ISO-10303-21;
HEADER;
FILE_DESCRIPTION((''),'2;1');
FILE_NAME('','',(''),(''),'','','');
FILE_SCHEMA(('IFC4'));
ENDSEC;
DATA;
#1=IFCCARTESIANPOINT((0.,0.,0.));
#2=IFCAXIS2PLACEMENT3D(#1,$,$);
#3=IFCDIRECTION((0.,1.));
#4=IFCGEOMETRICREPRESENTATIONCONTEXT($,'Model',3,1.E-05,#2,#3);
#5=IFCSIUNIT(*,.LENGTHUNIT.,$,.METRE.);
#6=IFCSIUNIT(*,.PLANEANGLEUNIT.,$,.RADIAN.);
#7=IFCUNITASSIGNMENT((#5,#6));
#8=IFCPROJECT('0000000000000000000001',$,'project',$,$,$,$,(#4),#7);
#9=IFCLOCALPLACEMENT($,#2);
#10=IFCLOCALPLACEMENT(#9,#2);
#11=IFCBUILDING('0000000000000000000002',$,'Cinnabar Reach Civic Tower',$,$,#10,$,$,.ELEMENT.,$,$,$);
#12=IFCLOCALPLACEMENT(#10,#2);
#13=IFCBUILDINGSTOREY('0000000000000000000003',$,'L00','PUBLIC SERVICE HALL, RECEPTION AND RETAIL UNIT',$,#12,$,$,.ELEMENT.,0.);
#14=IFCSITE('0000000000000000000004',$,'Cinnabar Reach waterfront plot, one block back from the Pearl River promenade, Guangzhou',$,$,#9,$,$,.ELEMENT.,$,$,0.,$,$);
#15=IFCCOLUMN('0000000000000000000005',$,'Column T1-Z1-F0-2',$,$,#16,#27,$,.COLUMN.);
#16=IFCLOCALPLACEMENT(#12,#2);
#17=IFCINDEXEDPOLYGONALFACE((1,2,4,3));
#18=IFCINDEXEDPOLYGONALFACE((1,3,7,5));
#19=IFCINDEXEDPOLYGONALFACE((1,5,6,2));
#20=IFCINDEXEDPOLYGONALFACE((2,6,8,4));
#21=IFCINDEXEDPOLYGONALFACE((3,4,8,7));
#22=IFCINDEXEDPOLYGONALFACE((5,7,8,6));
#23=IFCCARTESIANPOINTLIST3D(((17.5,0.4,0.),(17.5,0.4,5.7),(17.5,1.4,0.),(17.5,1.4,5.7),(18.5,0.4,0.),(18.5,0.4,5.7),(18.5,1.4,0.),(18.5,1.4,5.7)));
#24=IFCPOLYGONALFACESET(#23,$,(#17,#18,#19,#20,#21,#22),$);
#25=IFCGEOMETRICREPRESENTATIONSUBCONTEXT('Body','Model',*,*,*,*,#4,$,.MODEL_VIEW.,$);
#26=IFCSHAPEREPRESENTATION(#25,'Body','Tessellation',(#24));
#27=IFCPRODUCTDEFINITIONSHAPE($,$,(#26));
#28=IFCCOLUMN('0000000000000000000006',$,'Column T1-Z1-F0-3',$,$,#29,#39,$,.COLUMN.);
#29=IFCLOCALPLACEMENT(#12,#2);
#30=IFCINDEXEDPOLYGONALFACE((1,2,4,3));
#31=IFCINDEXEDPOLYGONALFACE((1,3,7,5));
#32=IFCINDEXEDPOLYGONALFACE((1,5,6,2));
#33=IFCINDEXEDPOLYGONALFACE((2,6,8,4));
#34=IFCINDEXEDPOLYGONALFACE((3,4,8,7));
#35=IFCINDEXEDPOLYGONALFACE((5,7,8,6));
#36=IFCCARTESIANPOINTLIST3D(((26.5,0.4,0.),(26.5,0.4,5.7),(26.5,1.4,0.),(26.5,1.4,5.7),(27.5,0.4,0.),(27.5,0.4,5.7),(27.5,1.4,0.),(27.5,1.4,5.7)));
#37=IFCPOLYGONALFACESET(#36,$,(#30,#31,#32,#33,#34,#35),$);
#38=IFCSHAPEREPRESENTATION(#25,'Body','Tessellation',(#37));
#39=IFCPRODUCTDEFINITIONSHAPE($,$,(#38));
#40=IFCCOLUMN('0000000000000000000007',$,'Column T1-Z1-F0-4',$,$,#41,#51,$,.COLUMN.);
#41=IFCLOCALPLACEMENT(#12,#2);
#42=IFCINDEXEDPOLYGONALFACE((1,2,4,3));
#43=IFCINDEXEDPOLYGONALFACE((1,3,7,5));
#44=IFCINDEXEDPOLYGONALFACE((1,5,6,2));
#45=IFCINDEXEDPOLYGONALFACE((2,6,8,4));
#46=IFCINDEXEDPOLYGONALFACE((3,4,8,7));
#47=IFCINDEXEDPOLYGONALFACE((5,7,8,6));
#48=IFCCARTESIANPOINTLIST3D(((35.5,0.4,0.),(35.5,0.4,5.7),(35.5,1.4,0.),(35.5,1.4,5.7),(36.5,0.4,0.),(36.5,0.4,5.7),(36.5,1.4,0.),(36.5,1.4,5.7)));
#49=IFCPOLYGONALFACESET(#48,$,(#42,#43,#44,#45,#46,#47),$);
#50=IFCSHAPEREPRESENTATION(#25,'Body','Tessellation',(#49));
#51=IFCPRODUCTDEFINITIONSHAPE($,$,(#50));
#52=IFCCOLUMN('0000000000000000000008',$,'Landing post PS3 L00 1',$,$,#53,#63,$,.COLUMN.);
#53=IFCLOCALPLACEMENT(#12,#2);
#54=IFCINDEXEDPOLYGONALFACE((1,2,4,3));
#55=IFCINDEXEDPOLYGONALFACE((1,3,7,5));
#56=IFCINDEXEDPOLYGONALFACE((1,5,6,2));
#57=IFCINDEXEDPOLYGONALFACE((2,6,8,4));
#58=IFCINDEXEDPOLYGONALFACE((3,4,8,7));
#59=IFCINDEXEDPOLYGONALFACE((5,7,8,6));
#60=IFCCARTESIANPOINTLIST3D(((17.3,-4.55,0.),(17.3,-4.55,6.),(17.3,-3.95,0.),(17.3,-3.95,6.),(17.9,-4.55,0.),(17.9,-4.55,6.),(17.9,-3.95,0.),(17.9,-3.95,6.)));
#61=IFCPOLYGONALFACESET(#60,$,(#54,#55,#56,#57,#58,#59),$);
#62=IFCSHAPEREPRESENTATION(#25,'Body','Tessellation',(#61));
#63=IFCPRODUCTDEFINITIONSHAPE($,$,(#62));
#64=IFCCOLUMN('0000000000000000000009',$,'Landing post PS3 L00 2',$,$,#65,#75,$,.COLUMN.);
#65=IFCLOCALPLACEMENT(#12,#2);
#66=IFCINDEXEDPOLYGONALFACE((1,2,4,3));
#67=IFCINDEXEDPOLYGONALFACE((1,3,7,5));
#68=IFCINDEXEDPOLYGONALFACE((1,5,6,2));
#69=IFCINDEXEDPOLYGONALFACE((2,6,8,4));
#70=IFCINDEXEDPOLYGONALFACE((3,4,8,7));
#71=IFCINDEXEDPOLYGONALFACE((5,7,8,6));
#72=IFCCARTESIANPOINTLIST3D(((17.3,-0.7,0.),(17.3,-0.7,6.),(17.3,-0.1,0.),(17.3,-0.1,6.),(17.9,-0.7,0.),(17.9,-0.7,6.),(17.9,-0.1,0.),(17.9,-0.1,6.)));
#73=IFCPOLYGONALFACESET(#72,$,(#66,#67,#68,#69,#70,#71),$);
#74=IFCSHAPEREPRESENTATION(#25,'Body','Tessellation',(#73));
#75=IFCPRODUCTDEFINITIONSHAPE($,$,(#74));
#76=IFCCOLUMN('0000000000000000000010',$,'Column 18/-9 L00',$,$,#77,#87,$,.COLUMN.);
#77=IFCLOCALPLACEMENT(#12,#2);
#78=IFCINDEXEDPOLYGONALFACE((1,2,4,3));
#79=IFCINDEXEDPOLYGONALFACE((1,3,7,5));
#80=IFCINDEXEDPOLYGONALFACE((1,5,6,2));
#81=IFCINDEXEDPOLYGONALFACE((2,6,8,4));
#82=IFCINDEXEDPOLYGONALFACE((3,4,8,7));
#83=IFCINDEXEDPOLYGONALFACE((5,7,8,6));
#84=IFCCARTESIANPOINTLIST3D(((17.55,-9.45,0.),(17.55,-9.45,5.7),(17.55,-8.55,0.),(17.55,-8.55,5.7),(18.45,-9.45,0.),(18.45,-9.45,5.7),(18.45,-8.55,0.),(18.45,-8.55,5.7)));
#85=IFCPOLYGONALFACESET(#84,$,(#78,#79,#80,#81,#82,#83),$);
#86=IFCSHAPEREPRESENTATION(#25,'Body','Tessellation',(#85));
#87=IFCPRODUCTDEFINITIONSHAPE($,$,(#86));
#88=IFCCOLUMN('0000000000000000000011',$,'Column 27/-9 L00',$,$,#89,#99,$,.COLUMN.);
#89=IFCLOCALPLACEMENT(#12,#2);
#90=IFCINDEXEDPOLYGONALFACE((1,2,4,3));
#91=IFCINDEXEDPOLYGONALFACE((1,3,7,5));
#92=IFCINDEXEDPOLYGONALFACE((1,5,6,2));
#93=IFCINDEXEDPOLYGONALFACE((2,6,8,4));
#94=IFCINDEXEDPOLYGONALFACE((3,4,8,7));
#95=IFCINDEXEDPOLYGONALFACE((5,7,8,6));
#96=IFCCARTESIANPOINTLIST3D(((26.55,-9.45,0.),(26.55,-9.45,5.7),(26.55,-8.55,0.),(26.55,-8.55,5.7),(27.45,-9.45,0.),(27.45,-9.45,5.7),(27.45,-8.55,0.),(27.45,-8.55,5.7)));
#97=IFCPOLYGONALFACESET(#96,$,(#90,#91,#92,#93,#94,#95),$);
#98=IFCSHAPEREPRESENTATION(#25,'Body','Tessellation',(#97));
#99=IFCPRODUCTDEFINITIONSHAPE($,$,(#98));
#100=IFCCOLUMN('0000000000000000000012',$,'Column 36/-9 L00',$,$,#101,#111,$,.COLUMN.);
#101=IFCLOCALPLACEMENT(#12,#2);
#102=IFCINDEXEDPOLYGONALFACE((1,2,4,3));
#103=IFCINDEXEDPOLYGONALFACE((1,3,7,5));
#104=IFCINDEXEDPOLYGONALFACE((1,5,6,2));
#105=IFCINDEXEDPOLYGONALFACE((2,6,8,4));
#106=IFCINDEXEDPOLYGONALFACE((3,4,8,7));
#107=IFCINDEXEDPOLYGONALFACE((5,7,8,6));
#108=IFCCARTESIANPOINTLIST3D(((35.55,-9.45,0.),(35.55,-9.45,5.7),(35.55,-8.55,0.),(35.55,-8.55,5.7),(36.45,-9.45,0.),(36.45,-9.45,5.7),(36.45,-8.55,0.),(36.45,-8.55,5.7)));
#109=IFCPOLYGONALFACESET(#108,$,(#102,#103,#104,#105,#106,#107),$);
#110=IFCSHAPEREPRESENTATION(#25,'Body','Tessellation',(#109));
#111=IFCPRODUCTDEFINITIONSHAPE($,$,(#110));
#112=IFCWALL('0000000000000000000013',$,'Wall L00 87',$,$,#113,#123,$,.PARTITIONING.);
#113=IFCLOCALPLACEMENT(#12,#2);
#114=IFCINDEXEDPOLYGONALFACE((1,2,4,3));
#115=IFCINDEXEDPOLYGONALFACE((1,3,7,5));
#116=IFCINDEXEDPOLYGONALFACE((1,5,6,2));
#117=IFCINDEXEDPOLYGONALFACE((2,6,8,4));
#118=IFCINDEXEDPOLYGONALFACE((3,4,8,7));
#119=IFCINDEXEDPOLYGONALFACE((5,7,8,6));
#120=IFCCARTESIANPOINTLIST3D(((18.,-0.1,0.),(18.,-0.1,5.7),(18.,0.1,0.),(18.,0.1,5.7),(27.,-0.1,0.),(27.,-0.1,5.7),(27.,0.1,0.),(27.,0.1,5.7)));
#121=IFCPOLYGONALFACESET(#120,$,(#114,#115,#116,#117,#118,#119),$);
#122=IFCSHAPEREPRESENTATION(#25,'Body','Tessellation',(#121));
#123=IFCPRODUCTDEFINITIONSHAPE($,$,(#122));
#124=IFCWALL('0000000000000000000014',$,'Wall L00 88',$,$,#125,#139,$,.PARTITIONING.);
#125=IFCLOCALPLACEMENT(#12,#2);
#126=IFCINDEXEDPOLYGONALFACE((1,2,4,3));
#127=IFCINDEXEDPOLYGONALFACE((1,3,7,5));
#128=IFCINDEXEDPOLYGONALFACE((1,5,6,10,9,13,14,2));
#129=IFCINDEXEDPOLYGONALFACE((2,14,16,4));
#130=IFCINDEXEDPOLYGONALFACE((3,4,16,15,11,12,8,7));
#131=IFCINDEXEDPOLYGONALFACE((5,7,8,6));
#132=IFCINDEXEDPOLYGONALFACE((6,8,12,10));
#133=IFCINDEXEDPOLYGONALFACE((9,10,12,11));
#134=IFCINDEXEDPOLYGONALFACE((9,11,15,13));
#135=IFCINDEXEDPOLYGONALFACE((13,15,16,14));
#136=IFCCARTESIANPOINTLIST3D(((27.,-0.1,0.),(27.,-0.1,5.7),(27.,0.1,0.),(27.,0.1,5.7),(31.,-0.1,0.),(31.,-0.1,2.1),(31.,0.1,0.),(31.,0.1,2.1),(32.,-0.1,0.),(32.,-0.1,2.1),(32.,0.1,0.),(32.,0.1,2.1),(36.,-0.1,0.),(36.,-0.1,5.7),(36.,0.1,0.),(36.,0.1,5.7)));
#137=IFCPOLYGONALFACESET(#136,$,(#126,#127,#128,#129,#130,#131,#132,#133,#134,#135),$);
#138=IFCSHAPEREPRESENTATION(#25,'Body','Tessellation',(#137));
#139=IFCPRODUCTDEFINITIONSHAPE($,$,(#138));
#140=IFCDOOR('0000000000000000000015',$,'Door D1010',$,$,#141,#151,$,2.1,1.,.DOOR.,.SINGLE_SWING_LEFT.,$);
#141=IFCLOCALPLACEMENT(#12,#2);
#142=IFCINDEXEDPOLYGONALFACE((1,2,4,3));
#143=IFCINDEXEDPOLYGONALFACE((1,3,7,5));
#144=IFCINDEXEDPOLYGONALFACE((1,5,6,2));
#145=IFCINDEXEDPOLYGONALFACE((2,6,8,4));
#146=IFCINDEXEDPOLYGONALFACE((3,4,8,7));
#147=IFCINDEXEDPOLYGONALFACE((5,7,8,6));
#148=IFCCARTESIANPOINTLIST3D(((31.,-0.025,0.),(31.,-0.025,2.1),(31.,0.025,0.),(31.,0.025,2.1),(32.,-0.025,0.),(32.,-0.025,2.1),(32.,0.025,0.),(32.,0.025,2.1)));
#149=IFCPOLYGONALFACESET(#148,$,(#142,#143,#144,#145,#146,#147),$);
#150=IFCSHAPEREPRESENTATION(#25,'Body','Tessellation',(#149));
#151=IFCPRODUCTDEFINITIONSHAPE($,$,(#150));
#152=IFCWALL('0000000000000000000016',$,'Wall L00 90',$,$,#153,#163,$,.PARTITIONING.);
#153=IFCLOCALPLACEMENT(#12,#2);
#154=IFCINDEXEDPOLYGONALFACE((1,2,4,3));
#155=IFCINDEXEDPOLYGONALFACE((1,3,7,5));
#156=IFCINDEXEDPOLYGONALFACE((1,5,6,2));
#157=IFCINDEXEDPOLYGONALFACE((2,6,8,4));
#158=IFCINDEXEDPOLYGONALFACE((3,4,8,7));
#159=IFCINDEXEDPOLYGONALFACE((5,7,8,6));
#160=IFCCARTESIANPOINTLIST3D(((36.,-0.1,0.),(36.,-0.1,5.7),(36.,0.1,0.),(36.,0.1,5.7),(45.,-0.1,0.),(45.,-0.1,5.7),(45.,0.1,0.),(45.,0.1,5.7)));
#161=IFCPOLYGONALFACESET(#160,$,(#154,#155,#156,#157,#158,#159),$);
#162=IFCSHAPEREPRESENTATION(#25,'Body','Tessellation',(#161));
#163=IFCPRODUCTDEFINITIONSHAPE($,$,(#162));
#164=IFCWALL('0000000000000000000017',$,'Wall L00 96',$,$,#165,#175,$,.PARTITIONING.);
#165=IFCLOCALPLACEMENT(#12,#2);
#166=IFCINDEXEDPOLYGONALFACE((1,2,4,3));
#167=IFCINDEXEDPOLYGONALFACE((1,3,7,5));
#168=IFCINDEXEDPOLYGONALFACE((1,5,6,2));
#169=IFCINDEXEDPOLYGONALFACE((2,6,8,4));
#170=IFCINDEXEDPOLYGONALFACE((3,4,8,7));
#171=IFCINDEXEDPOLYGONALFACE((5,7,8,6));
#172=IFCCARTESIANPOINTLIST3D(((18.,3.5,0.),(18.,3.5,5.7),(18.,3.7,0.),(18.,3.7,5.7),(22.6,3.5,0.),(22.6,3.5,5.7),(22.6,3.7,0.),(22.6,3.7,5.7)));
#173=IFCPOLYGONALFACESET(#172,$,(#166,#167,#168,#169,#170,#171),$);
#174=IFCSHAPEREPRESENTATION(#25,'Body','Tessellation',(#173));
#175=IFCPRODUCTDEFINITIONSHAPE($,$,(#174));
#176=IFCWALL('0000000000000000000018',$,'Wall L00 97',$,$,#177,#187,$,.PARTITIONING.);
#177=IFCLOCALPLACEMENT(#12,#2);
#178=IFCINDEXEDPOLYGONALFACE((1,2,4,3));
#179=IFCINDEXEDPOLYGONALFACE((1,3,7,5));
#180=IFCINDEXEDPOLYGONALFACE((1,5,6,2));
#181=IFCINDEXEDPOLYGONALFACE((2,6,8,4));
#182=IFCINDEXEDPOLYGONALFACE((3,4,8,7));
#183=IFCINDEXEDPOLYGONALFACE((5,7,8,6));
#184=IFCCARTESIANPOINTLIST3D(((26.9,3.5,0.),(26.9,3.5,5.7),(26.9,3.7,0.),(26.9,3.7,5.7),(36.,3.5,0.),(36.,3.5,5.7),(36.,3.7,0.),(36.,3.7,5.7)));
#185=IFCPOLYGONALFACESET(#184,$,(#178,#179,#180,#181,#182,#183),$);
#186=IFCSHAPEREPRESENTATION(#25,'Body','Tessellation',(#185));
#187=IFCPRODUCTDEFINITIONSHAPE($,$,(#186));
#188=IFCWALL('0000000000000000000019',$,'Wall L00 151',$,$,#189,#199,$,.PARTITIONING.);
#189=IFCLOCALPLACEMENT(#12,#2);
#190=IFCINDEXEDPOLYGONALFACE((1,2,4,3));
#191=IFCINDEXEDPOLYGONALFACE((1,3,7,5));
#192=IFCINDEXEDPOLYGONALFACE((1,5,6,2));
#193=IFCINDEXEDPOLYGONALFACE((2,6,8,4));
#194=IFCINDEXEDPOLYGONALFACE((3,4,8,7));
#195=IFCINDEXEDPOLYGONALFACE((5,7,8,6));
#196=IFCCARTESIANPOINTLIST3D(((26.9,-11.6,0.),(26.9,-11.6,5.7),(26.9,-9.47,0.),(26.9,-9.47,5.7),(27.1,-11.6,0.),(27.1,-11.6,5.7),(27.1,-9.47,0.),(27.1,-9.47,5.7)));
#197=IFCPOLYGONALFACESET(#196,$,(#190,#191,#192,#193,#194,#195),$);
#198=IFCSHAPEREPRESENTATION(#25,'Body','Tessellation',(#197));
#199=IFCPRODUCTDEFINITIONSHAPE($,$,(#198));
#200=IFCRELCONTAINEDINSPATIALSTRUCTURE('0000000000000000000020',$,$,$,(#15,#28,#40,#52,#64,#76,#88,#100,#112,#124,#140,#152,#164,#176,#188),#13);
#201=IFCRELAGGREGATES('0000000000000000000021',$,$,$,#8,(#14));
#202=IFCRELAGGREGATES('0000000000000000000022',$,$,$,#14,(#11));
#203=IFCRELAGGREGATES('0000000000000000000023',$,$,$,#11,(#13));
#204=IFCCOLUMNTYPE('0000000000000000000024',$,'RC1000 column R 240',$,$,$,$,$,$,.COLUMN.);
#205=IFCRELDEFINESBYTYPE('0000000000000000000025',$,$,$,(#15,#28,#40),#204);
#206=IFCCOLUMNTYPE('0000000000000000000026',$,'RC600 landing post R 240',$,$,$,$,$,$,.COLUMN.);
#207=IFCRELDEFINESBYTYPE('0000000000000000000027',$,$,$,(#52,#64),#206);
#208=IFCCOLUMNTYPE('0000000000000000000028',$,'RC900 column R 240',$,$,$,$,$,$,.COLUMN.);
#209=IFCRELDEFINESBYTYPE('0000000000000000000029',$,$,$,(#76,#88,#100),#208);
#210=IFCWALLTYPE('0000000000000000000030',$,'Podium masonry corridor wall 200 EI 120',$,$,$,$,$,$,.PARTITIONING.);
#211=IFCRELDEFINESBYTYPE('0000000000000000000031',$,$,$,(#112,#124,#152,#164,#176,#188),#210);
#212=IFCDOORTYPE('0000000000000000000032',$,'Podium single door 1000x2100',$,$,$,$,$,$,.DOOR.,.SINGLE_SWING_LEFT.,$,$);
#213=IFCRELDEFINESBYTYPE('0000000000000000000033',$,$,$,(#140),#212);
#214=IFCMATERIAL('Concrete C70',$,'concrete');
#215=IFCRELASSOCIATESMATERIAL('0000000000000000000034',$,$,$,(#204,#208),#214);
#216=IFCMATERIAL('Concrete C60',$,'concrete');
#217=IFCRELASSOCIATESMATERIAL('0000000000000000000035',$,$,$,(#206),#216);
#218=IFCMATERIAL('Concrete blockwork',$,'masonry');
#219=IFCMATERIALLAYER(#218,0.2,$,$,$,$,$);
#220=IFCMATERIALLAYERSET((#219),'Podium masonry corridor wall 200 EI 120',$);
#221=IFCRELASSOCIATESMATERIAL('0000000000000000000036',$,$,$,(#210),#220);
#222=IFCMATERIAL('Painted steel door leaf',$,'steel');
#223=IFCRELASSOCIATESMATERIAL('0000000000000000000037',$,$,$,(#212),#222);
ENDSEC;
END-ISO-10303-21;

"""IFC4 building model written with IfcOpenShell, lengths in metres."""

from ifc_helpers import new_model, si_unit, direction, frame, frame_2d, origin, origin_2d, place, context, subcontext, project, spatial, rectangle, extrude, material, layer, layer_set, material_profile, profile_set, type_object, element, fill, save


model = new_model("IFC4")

# Units and contexts
model_context = context("Model", 3, precision=1e-05, world=origin(), true_north=direction((0.0, 1.0)))
body_context = subcontext(model_context, "Body", "Model", "MODEL_VIEW")
ifc_project = project(units=[si_unit("LENGTHUNIT", "METRE"), si_unit("PLANEANGLEUNIT", "RADIAN")], contexts=[model_context])

# Site, building, storey
site_placement = place(None, origin())
site = spatial("IfcSite", under=ifc_project, at=site_placement, Name="Cinnabar Reach waterfront plot, one block back from the Pearl River promenade, Guangzhou", CompositionType="ELEMENT", RefElevation=0.0)
building_placement = place(site_placement, origin())
building = spatial("IfcBuilding", under=site, at=building_placement, Name="Cinnabar Reach Civic Tower", CompositionType="ELEMENT")
storey_placement = place(building_placement, origin())
storey = spatial("IfcBuildingStorey", under=building, at=storey_placement, Name="L00", Description="PUBLIC SERVICE HALL, RECEPTION AND RETAIL UNIT", CompositionType="ELEMENT", Elevation=0.0)

# Columns
ifc_material_1 = material(Name="Concrete C70", Category="concrete")
ifc_material_profile_1 = material_profile(ifc_material_1, rectangle(XDim=1.0, YDim=1.0, at=origin_2d()), Name="RC1000")
ifc_profile_set_1 = profile_set([ifc_material_profile_1], Name="Concrete C70")
column_type_1 = type_object("IfcColumnType", Name="RC1000 column R 240", PredefinedType="COLUMN", material=ifc_profile_set_1)
for number, where, z_axis, x_axis, name in (
    (1, (18.0, 0.9, 0.0), (0.0, 0.0, 1.0), (1.0, 0.0, 0.0), "Column T1-Z1-F0-2"),
    (2, (27.0, 0.9, 0.0), (0.0, 0.0, 1.0), (1.0, 0.0, 0.0), "Column T1-Z1-F0-3"),
    (3, (36.0, 0.9, 0.0), (0.0, 0.0, 1.0), (1.0, 0.0, 0.0), "Column T1-Z1-F0-4"),
):
    element("IfcColumn", number, at=place(storey_placement, frame(where, z_axis=z_axis, x_axis=x_axis)), inside=storey, type_object=column_type_1, Name=name, PredefinedType="COLUMN", context=body_context, shape_type="SweptSolid", body=[
        extrude(rectangle(XDim=1.0, YDim=1.0, at=origin_2d()), origin(), (0.0, 0.0, 1.0), 5.7),
    ])
ifc_material_2 = material(Name="Concrete C60", Category="concrete")
ifc_material_profile_2 = material_profile(ifc_material_2, rectangle(XDim=0.6, YDim=0.6, at=origin_2d()), Name="RC600")
ifc_profile_set_2 = profile_set([ifc_material_profile_2], Name="Concrete C60")
column_type_2 = type_object("IfcColumnType", Name="RC600 landing post R 240", PredefinedType="COLUMN", material=ifc_profile_set_2)
for number, where, z_axis, x_axis, name in (
    (4, (17.6, -4.25, 0.0), (0.0, 0.0, 1.0), (1.0, 0.0, 0.0), "Landing post PS3 L00 1"),
    (5, (17.6, -0.4, 0.0), (0.0, 0.0, 1.0), (1.0, 0.0, 0.0), "Landing post PS3 L00 2"),
):
    element("IfcColumn", number, at=place(storey_placement, frame(where, z_axis=z_axis, x_axis=x_axis)), inside=storey, type_object=column_type_2, Name=name, PredefinedType="COLUMN", context=body_context, shape_type="SweptSolid", body=[
        extrude(rectangle(XDim=0.6, YDim=0.6, at=origin_2d()), origin(), (0.0, 0.0, 1.0), 6.0),
    ])
ifc_material_profile_3 = material_profile(ifc_material_1, rectangle(XDim=0.9, YDim=0.9, at=origin_2d()), Name="RC900")
ifc_profile_set_3 = profile_set([ifc_material_profile_3], Name="Concrete C70")
column_type_3 = type_object("IfcColumnType", Name="RC900 column R 240", PredefinedType="COLUMN", material=ifc_profile_set_3)
for number, where, z_axis, x_axis, name in (
    (6, (18.0, -9.0, 0.0), (0.0, 0.0, 1.0), (1.0, 0.0, 0.0), "Column 18/-9 L00"),
    (7, (27.0, -9.0, 0.0), (0.0, 0.0, 1.0), (1.0, 0.0, 0.0), "Column 27/-9 L00"),
    (8, (36.0, -9.0, 0.0), (0.0, 0.0, 1.0), (1.0, 0.0, 0.0), "Column 36/-9 L00"),
):
    element("IfcColumn", number, at=place(storey_placement, frame(where, z_axis=z_axis, x_axis=x_axis)), inside=storey, type_object=column_type_3, Name=name, PredefinedType="COLUMN", context=body_context, shape_type="SweptSolid", body=[
        extrude(rectangle(XDim=0.9, YDim=0.9, at=origin_2d()), origin(), (0.0, 0.0, 1.0), 5.7),
    ])

# Wall
ifc_material_3 = material(Name="Concrete blockwork", Category="masonry")
ifc_layer_1 = layer(ifc_material_3, 0.2)
ifc_layer_set_1 = layer_set([ifc_layer_1], Name="Podium masonry corridor wall 200 EI 120")
wall_type_1 = type_object("IfcWallType", Name="Podium masonry corridor wall 200 EI 120", PredefinedType="PARTITIONING", material=ifc_layer_set_1)
wall_1_placement = place(storey_placement, frame((18.0, 0.0, 0.0), z_axis=(0.0, 0.0, 1.0), x_axis=(1.0, 0.0, 0.0)))
element("IfcWall", 9, at=wall_1_placement, inside=storey, type_object=wall_type_1, Name="Wall L00 87", PredefinedType="PARTITIONING", context=body_context, shape_type="SweptSolid", body=[
    extrude(rectangle(XDim=9.0, YDim=0.2, at=frame_2d((4.5, 0.0))), origin(), (0.0, 0.0, 1.0), 5.7),
])

# Wall, opening, door
wall_2_placement = place(storey_placement, frame((27.0, 0.0, 0.0), z_axis=(0.0, 0.0, 1.0), x_axis=(1.0, 0.0, 0.0)))
wall_2 = element("IfcWall", 10, at=wall_2_placement, inside=storey, type_object=wall_type_1, Name="Wall L00 88", PredefinedType="PARTITIONING", context=body_context, shape_type="SweptSolid", body=[
    extrude(rectangle(XDim=9.0, YDim=0.2, at=frame_2d((4.5, 0.0))), origin(), (0.0, 0.0, 1.0), 5.7),
])
opening_1_placement = place(wall_2_placement, frame((4.0, 0.0, 0.0)))
opening_1 = element("IfcOpeningElement", 11, at=opening_1_placement, cuts=wall_2, PredefinedType="OPENING", context=body_context, shape_type="SweptSolid", body=[
    extrude(rectangle(XDim=1.0, YDim=2.1, at=frame_2d((0.5, 1.05))), frame((0.0, 0.11, 0.0), z_axis=(0.0, -1.0, 0.0), x_axis=(1.0, 0.0, 0.0)), (0.0, 0.0, 1.0), 0.22),
])
ifc_material_4 = material(Name="Painted steel door leaf", Category="steel")
door_type = type_object("IfcDoorType", Name="Podium single door 1000x2100", OperationType="SINGLE_SWING_LEFT", PredefinedType="DOOR", material=ifc_material_4)
door_1_placement = place(opening_1_placement, frame((1.0, 0.0, 0.0), z_axis=(0.0, 0.0, 1.0), x_axis=(-1.0, 0.0, 0.0)))
door_1 = element("IfcDoor", 12, at=door_1_placement, inside=storey, type_object=door_type, Name="Door D1010", OperationType="SINGLE_SWING_LEFT", OverallHeight=2.1, OverallWidth=1.0, PredefinedType="DOOR", context=body_context, shape_type="SweptSolid", body=[
    extrude(rectangle(XDim=1.0, YDim=2.1, at=frame_2d((0.5, 1.05))), frame((0.0, 0.025, 0.0), z_axis=(0.0, -1.0, 0.0), x_axis=(1.0, 0.0, 0.0)), (0.0, 0.0, 1.0), 0.05),
])
fill(opening_1, door_1)

# Walls
wall_3_placement = place(storey_placement, frame((36.0, 0.0, 0.0), z_axis=(0.0, 0.0, 1.0), x_axis=(1.0, 0.0, 0.0)))
element("IfcWall", 13, at=wall_3_placement, inside=storey, type_object=wall_type_1, Name="Wall L00 90", PredefinedType="PARTITIONING", context=body_context, shape_type="SweptSolid", body=[
    extrude(rectangle(XDim=9.0, YDim=0.2, at=frame_2d((4.5, 0.0))), origin(), (0.0, 0.0, 1.0), 5.7),
])
wall_4_placement = place(storey_placement, frame((18.0, 3.6, 0.0), z_axis=(0.0, 0.0, 1.0), x_axis=(1.0, 0.0, 0.0)))
element("IfcWall", 14, at=wall_4_placement, inside=storey, type_object=wall_type_1, Name="Wall L00 96", PredefinedType="PARTITIONING", context=body_context, shape_type="SweptSolid", body=[
    extrude(rectangle(XDim=4.6, YDim=0.2, at=frame_2d((2.3, 0.0))), origin(), (0.0, 0.0, 1.0), 5.7),
])
wall_5_placement = place(storey_placement, frame((26.9, 3.6, 0.0), z_axis=(0.0, 0.0, 1.0), x_axis=(1.0, 0.0, 0.0)))
element("IfcWall", 15, at=wall_5_placement, inside=storey, type_object=wall_type_1, Name="Wall L00 97", PredefinedType="PARTITIONING", context=body_context, shape_type="SweptSolid", body=[
    extrude(rectangle(XDim=9.1, YDim=0.2, at=frame_2d((4.55, 0.0))), origin(), (0.0, 0.0, 1.0), 5.7),
])
wall_6_placement = place(storey_placement, frame((27.0, -11.6, 0.0), z_axis=(0.0, 0.0, 1.0), x_axis=(0.0, 1.0, 0.0)))
element("IfcWall", 16, at=wall_6_placement, inside=storey, type_object=wall_type_1, Name="Wall L00 151", PredefinedType="PARTITIONING", context=body_context, shape_type="SweptSolid", body=[
    extrude(rectangle(XDim=2.13, YDim=0.2, at=frame_2d((1.065, 0.0))), origin(), (0.0, 0.0, 1.0), 5.7),
])

save(model, "model.ifc")
